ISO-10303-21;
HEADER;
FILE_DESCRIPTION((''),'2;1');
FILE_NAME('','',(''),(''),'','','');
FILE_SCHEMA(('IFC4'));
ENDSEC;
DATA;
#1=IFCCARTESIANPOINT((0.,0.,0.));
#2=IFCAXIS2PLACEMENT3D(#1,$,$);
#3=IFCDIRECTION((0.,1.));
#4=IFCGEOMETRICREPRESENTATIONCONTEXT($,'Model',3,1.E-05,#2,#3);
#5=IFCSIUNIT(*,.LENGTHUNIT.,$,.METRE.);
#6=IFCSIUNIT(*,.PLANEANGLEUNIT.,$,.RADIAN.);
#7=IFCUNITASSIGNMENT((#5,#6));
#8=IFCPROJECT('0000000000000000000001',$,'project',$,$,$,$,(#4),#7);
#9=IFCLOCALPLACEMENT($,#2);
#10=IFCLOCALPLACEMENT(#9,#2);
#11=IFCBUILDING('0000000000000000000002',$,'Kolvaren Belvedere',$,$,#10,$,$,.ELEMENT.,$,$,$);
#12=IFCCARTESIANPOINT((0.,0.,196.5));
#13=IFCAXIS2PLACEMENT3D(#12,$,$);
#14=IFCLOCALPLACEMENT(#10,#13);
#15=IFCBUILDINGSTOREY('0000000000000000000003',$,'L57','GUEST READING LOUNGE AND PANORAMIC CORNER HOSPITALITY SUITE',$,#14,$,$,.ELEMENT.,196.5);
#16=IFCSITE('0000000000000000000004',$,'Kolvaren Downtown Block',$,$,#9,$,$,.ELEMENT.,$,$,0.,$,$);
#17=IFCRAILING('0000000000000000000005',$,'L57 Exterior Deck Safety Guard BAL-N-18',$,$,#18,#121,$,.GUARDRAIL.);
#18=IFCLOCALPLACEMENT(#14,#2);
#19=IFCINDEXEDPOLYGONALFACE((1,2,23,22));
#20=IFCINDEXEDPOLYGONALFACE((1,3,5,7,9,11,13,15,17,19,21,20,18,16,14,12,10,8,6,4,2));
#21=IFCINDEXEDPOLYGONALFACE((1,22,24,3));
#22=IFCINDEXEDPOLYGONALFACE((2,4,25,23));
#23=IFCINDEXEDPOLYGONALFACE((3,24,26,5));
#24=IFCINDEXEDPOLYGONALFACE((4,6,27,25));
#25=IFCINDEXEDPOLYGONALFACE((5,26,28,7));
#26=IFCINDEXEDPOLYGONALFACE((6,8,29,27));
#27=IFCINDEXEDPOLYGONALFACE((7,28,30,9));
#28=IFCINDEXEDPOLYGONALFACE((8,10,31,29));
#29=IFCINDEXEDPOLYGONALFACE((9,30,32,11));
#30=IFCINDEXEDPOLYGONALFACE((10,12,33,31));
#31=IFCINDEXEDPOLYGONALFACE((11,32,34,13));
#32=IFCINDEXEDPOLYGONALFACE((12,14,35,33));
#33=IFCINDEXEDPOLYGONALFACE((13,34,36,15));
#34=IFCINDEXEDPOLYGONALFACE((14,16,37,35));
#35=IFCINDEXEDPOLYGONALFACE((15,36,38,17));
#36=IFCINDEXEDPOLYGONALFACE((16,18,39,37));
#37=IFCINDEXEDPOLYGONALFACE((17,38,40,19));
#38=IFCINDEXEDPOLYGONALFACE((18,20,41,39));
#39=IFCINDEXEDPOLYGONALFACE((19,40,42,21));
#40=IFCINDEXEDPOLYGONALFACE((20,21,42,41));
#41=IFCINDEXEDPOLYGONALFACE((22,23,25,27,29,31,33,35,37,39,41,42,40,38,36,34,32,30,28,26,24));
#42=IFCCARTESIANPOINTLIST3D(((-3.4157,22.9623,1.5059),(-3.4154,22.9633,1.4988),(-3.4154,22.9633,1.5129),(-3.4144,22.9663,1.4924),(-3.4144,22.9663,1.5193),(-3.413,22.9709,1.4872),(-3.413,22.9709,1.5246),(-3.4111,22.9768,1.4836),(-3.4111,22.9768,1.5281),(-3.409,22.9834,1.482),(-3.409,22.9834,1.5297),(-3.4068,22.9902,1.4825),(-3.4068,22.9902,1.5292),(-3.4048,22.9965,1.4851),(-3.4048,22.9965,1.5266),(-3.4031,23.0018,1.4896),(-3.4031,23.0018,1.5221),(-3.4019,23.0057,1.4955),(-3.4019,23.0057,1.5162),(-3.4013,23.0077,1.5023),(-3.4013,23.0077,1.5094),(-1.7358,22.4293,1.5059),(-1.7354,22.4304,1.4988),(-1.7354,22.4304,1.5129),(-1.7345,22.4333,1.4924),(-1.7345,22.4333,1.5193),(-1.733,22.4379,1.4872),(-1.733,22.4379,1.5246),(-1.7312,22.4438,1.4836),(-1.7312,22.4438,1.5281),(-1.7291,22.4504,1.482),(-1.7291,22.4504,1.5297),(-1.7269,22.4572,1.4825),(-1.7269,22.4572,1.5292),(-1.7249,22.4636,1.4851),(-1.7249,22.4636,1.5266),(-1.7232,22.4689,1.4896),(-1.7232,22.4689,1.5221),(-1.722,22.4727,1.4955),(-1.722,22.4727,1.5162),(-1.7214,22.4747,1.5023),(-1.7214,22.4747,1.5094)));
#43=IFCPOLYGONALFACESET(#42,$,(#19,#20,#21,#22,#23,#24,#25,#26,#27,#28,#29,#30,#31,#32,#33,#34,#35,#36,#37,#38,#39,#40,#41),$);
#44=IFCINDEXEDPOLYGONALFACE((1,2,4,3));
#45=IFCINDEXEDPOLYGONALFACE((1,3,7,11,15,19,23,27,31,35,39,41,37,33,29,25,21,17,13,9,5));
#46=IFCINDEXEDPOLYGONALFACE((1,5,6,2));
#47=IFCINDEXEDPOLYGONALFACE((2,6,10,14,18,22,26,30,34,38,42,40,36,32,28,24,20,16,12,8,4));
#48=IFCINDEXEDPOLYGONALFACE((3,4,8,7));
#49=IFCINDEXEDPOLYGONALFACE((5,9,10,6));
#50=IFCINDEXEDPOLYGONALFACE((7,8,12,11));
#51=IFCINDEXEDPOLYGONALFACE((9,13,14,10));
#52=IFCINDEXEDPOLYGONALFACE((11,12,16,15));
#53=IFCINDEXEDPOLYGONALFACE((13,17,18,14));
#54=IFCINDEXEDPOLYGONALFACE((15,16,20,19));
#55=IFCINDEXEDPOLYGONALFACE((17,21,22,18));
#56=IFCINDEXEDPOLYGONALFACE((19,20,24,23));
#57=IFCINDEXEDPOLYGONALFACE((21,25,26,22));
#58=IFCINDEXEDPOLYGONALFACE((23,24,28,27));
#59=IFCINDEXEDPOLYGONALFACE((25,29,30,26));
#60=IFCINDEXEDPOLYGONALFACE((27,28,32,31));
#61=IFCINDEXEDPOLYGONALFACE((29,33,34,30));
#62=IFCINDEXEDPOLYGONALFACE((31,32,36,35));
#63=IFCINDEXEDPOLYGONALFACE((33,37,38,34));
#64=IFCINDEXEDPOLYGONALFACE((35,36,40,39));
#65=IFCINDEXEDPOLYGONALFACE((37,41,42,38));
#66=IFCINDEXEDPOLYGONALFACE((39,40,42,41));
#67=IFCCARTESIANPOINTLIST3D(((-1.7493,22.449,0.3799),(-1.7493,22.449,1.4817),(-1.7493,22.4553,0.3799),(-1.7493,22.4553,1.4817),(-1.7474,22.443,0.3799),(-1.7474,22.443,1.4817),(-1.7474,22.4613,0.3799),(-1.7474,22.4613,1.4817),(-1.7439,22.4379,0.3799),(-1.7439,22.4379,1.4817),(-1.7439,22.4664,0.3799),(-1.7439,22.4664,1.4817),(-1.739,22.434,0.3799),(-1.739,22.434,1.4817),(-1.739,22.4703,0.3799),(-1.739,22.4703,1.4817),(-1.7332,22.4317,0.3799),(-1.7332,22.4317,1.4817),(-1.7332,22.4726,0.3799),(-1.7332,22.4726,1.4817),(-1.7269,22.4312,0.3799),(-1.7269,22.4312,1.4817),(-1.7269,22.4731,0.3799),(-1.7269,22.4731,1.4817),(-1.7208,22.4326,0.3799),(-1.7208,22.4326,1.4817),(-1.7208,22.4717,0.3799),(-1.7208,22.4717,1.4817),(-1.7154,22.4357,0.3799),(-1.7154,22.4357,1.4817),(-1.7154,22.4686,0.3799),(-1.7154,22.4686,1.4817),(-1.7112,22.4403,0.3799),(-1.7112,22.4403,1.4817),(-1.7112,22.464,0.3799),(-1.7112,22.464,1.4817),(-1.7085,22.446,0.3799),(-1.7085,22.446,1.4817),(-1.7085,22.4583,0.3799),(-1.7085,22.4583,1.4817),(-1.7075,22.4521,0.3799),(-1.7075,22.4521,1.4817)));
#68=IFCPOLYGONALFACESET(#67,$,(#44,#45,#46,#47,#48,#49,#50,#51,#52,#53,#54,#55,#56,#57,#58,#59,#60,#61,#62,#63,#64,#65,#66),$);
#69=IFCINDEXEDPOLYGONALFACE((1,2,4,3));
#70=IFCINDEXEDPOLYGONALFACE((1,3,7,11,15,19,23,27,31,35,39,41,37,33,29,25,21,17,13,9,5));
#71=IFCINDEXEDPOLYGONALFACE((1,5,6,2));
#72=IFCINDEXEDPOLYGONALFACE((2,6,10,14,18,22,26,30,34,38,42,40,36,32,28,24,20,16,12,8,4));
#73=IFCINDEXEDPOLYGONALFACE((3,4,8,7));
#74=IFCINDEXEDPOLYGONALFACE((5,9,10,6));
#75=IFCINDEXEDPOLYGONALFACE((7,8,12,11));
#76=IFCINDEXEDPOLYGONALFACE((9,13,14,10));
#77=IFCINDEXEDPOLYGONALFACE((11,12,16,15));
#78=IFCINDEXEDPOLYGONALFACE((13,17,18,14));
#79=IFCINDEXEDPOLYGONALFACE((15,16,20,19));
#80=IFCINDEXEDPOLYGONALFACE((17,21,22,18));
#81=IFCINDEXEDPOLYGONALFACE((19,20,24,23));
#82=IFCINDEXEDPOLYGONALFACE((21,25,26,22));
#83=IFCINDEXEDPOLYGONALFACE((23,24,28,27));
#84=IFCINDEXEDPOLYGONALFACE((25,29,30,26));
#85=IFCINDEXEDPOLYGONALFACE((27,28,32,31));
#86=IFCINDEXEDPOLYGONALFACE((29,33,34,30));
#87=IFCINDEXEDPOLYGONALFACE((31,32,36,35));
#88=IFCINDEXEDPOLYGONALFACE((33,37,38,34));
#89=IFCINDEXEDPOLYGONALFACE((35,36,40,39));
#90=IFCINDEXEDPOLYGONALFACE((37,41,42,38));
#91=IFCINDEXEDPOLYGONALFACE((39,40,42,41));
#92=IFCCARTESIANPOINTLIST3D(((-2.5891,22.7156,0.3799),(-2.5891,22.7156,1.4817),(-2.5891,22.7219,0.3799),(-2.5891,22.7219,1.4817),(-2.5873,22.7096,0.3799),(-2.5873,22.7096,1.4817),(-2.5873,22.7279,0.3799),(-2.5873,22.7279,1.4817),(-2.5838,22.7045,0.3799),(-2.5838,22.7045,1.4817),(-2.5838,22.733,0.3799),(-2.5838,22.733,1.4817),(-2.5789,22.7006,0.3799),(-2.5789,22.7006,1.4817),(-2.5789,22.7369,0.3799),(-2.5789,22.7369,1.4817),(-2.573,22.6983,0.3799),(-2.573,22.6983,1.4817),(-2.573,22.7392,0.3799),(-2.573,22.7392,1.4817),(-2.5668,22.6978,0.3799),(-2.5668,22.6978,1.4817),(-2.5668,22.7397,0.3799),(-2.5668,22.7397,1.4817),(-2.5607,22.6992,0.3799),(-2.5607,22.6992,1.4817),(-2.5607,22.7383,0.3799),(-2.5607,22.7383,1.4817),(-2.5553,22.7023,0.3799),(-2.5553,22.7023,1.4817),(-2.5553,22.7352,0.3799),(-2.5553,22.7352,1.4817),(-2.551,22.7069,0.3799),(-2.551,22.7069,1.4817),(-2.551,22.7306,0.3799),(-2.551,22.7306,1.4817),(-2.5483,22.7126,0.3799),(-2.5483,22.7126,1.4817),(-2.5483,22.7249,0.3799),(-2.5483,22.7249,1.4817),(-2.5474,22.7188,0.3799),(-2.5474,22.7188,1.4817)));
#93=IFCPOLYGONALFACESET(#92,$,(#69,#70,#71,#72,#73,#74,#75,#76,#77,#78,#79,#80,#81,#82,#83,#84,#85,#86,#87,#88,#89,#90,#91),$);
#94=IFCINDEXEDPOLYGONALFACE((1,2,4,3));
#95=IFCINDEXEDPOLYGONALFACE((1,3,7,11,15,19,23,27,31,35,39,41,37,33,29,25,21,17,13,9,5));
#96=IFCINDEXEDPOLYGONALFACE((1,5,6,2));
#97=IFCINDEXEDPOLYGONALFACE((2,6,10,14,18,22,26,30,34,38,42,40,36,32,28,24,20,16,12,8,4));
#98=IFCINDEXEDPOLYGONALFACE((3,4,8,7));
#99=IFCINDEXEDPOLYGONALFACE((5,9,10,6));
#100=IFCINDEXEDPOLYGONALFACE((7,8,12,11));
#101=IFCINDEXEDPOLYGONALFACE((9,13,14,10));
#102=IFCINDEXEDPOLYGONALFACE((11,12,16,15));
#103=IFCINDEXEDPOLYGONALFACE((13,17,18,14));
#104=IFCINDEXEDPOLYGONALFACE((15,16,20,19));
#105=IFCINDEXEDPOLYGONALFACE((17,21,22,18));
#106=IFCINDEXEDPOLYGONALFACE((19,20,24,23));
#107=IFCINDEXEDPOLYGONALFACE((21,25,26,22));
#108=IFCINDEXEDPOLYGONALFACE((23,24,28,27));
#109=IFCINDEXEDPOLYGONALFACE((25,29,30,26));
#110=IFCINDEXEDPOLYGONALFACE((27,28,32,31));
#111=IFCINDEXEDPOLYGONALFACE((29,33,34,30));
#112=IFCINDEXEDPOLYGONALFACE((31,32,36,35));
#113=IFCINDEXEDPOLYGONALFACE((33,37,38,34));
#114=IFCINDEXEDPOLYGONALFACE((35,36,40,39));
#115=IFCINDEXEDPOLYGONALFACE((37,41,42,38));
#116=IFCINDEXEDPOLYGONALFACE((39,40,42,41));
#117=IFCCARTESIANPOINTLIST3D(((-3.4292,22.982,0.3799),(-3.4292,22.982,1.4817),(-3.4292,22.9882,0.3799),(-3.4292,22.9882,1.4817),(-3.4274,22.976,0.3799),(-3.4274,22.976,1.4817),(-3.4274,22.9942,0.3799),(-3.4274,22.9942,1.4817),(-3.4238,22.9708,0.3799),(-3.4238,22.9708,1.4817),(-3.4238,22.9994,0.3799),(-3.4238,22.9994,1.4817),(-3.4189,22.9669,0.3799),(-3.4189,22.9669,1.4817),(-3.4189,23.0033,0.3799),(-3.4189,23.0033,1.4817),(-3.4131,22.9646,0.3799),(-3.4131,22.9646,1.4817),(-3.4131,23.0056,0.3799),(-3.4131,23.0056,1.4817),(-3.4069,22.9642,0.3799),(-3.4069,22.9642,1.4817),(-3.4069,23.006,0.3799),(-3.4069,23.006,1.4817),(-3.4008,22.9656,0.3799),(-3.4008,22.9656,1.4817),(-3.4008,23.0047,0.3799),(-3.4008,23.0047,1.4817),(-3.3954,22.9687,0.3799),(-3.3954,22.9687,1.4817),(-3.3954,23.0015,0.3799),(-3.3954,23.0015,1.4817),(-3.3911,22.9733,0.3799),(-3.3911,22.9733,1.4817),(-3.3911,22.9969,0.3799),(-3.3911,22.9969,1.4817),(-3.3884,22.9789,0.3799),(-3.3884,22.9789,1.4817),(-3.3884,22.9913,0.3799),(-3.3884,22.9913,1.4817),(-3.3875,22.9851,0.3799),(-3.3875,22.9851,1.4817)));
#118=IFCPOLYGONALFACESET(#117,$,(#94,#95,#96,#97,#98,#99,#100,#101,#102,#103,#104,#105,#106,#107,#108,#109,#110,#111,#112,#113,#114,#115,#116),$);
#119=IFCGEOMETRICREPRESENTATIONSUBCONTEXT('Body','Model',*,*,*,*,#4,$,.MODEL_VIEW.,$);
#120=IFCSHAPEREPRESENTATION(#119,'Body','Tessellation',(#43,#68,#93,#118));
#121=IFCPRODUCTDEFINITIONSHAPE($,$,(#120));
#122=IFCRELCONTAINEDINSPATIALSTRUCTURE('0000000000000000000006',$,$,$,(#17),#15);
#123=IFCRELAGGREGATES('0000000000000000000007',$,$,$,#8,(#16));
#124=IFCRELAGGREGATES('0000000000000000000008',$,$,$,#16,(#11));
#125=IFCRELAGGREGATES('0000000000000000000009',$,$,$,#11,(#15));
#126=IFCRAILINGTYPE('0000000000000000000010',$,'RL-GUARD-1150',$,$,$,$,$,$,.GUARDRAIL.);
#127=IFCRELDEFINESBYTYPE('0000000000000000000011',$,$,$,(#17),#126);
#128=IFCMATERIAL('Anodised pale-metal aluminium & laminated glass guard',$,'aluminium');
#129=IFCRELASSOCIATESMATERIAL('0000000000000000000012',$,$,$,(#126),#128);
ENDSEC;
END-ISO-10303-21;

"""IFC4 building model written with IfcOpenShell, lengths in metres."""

from ifc_helpers import new_model, si_unit, direction, frame, origin, origin_2d, place, context, subcontext, project, spatial, circle, extrude, material, type_object, element, save


model = new_model("IFC4")

# Units and contexts
model_context = context("Model", 3, precision=1e-05, world=origin(), true_north=direction((0.0, 1.0)))
body_context = subcontext(model_context, "Body", "Model", "MODEL_VIEW")
ifc_project = project(units=[si_unit("LENGTHUNIT", "METRE"), si_unit("PLANEANGLEUNIT", "RADIAN")], contexts=[model_context])

# Site, building, storey
site_placement = place(None, origin())
site = spatial("IfcSite", under=ifc_project, at=site_placement, Name="Kolvaren Downtown Block", CompositionType="ELEMENT", RefElevation=0.0)
building_placement = place(site_placement, origin())
building = spatial("IfcBuilding", under=site, at=building_placement, Name="Kolvaren Belvedere", CompositionType="ELEMENT")
storey_placement = place(building_placement, frame((0.0, 0.0, 196.5)))
storey = spatial("IfcBuildingStorey", under=building, at=storey_placement, Name="L57", Description="GUEST READING LOUNGE AND PANORAMIC CORNER HOSPITALITY SUITE", CompositionType="ELEMENT", Elevation=196.5)

# Railing
ifc_material_1 = material(Name="Anodised pale-metal aluminium & laminated glass guard", Category="aluminium")
railing_type = type_object("IfcRailingType", Name="RL-GUARD-1150", PredefinedType="GUARDRAIL", material=ifc_material_1)
railing_1_placement = place(storey_placement, frame((-1.7285, 22.4521, 0.3799)))
element("IfcRailing", 1, at=railing_1_placement, inside=storey, type_object=railing_type, Name="L57 Exterior Deck Safety Guard BAL-N-18", PredefinedType="GUARDRAIL", context=body_context, shape_type="SweptSolid", body=[
    extrude(circle(Radius=0.0239, at=origin_2d()), frame((0.0, 0.0, 1.126), z_axis=(-0.953182, 0.302397, 0.0), x_axis=(-0.302397, -0.953182, 0.0)), (0.0, 0.0, 1.0), 1.7625),
    extrude(circle(Radius=0.021, at=origin_2d()), origin(), (0.0, 0.0, 1.0), 1.1018),
    extrude(circle(Radius=0.021, at=origin_2d()), frame((-0.8398, 0.2666, 0.0)), (0.0, 0.0, 1.0), 1.1018),
    extrude(circle(Radius=0.021, at=origin_2d()), frame((-1.6799, 0.533, 0.0)), (0.0, 0.0, 1.0), 1.1018),
])

save(model, "model.ifc")
